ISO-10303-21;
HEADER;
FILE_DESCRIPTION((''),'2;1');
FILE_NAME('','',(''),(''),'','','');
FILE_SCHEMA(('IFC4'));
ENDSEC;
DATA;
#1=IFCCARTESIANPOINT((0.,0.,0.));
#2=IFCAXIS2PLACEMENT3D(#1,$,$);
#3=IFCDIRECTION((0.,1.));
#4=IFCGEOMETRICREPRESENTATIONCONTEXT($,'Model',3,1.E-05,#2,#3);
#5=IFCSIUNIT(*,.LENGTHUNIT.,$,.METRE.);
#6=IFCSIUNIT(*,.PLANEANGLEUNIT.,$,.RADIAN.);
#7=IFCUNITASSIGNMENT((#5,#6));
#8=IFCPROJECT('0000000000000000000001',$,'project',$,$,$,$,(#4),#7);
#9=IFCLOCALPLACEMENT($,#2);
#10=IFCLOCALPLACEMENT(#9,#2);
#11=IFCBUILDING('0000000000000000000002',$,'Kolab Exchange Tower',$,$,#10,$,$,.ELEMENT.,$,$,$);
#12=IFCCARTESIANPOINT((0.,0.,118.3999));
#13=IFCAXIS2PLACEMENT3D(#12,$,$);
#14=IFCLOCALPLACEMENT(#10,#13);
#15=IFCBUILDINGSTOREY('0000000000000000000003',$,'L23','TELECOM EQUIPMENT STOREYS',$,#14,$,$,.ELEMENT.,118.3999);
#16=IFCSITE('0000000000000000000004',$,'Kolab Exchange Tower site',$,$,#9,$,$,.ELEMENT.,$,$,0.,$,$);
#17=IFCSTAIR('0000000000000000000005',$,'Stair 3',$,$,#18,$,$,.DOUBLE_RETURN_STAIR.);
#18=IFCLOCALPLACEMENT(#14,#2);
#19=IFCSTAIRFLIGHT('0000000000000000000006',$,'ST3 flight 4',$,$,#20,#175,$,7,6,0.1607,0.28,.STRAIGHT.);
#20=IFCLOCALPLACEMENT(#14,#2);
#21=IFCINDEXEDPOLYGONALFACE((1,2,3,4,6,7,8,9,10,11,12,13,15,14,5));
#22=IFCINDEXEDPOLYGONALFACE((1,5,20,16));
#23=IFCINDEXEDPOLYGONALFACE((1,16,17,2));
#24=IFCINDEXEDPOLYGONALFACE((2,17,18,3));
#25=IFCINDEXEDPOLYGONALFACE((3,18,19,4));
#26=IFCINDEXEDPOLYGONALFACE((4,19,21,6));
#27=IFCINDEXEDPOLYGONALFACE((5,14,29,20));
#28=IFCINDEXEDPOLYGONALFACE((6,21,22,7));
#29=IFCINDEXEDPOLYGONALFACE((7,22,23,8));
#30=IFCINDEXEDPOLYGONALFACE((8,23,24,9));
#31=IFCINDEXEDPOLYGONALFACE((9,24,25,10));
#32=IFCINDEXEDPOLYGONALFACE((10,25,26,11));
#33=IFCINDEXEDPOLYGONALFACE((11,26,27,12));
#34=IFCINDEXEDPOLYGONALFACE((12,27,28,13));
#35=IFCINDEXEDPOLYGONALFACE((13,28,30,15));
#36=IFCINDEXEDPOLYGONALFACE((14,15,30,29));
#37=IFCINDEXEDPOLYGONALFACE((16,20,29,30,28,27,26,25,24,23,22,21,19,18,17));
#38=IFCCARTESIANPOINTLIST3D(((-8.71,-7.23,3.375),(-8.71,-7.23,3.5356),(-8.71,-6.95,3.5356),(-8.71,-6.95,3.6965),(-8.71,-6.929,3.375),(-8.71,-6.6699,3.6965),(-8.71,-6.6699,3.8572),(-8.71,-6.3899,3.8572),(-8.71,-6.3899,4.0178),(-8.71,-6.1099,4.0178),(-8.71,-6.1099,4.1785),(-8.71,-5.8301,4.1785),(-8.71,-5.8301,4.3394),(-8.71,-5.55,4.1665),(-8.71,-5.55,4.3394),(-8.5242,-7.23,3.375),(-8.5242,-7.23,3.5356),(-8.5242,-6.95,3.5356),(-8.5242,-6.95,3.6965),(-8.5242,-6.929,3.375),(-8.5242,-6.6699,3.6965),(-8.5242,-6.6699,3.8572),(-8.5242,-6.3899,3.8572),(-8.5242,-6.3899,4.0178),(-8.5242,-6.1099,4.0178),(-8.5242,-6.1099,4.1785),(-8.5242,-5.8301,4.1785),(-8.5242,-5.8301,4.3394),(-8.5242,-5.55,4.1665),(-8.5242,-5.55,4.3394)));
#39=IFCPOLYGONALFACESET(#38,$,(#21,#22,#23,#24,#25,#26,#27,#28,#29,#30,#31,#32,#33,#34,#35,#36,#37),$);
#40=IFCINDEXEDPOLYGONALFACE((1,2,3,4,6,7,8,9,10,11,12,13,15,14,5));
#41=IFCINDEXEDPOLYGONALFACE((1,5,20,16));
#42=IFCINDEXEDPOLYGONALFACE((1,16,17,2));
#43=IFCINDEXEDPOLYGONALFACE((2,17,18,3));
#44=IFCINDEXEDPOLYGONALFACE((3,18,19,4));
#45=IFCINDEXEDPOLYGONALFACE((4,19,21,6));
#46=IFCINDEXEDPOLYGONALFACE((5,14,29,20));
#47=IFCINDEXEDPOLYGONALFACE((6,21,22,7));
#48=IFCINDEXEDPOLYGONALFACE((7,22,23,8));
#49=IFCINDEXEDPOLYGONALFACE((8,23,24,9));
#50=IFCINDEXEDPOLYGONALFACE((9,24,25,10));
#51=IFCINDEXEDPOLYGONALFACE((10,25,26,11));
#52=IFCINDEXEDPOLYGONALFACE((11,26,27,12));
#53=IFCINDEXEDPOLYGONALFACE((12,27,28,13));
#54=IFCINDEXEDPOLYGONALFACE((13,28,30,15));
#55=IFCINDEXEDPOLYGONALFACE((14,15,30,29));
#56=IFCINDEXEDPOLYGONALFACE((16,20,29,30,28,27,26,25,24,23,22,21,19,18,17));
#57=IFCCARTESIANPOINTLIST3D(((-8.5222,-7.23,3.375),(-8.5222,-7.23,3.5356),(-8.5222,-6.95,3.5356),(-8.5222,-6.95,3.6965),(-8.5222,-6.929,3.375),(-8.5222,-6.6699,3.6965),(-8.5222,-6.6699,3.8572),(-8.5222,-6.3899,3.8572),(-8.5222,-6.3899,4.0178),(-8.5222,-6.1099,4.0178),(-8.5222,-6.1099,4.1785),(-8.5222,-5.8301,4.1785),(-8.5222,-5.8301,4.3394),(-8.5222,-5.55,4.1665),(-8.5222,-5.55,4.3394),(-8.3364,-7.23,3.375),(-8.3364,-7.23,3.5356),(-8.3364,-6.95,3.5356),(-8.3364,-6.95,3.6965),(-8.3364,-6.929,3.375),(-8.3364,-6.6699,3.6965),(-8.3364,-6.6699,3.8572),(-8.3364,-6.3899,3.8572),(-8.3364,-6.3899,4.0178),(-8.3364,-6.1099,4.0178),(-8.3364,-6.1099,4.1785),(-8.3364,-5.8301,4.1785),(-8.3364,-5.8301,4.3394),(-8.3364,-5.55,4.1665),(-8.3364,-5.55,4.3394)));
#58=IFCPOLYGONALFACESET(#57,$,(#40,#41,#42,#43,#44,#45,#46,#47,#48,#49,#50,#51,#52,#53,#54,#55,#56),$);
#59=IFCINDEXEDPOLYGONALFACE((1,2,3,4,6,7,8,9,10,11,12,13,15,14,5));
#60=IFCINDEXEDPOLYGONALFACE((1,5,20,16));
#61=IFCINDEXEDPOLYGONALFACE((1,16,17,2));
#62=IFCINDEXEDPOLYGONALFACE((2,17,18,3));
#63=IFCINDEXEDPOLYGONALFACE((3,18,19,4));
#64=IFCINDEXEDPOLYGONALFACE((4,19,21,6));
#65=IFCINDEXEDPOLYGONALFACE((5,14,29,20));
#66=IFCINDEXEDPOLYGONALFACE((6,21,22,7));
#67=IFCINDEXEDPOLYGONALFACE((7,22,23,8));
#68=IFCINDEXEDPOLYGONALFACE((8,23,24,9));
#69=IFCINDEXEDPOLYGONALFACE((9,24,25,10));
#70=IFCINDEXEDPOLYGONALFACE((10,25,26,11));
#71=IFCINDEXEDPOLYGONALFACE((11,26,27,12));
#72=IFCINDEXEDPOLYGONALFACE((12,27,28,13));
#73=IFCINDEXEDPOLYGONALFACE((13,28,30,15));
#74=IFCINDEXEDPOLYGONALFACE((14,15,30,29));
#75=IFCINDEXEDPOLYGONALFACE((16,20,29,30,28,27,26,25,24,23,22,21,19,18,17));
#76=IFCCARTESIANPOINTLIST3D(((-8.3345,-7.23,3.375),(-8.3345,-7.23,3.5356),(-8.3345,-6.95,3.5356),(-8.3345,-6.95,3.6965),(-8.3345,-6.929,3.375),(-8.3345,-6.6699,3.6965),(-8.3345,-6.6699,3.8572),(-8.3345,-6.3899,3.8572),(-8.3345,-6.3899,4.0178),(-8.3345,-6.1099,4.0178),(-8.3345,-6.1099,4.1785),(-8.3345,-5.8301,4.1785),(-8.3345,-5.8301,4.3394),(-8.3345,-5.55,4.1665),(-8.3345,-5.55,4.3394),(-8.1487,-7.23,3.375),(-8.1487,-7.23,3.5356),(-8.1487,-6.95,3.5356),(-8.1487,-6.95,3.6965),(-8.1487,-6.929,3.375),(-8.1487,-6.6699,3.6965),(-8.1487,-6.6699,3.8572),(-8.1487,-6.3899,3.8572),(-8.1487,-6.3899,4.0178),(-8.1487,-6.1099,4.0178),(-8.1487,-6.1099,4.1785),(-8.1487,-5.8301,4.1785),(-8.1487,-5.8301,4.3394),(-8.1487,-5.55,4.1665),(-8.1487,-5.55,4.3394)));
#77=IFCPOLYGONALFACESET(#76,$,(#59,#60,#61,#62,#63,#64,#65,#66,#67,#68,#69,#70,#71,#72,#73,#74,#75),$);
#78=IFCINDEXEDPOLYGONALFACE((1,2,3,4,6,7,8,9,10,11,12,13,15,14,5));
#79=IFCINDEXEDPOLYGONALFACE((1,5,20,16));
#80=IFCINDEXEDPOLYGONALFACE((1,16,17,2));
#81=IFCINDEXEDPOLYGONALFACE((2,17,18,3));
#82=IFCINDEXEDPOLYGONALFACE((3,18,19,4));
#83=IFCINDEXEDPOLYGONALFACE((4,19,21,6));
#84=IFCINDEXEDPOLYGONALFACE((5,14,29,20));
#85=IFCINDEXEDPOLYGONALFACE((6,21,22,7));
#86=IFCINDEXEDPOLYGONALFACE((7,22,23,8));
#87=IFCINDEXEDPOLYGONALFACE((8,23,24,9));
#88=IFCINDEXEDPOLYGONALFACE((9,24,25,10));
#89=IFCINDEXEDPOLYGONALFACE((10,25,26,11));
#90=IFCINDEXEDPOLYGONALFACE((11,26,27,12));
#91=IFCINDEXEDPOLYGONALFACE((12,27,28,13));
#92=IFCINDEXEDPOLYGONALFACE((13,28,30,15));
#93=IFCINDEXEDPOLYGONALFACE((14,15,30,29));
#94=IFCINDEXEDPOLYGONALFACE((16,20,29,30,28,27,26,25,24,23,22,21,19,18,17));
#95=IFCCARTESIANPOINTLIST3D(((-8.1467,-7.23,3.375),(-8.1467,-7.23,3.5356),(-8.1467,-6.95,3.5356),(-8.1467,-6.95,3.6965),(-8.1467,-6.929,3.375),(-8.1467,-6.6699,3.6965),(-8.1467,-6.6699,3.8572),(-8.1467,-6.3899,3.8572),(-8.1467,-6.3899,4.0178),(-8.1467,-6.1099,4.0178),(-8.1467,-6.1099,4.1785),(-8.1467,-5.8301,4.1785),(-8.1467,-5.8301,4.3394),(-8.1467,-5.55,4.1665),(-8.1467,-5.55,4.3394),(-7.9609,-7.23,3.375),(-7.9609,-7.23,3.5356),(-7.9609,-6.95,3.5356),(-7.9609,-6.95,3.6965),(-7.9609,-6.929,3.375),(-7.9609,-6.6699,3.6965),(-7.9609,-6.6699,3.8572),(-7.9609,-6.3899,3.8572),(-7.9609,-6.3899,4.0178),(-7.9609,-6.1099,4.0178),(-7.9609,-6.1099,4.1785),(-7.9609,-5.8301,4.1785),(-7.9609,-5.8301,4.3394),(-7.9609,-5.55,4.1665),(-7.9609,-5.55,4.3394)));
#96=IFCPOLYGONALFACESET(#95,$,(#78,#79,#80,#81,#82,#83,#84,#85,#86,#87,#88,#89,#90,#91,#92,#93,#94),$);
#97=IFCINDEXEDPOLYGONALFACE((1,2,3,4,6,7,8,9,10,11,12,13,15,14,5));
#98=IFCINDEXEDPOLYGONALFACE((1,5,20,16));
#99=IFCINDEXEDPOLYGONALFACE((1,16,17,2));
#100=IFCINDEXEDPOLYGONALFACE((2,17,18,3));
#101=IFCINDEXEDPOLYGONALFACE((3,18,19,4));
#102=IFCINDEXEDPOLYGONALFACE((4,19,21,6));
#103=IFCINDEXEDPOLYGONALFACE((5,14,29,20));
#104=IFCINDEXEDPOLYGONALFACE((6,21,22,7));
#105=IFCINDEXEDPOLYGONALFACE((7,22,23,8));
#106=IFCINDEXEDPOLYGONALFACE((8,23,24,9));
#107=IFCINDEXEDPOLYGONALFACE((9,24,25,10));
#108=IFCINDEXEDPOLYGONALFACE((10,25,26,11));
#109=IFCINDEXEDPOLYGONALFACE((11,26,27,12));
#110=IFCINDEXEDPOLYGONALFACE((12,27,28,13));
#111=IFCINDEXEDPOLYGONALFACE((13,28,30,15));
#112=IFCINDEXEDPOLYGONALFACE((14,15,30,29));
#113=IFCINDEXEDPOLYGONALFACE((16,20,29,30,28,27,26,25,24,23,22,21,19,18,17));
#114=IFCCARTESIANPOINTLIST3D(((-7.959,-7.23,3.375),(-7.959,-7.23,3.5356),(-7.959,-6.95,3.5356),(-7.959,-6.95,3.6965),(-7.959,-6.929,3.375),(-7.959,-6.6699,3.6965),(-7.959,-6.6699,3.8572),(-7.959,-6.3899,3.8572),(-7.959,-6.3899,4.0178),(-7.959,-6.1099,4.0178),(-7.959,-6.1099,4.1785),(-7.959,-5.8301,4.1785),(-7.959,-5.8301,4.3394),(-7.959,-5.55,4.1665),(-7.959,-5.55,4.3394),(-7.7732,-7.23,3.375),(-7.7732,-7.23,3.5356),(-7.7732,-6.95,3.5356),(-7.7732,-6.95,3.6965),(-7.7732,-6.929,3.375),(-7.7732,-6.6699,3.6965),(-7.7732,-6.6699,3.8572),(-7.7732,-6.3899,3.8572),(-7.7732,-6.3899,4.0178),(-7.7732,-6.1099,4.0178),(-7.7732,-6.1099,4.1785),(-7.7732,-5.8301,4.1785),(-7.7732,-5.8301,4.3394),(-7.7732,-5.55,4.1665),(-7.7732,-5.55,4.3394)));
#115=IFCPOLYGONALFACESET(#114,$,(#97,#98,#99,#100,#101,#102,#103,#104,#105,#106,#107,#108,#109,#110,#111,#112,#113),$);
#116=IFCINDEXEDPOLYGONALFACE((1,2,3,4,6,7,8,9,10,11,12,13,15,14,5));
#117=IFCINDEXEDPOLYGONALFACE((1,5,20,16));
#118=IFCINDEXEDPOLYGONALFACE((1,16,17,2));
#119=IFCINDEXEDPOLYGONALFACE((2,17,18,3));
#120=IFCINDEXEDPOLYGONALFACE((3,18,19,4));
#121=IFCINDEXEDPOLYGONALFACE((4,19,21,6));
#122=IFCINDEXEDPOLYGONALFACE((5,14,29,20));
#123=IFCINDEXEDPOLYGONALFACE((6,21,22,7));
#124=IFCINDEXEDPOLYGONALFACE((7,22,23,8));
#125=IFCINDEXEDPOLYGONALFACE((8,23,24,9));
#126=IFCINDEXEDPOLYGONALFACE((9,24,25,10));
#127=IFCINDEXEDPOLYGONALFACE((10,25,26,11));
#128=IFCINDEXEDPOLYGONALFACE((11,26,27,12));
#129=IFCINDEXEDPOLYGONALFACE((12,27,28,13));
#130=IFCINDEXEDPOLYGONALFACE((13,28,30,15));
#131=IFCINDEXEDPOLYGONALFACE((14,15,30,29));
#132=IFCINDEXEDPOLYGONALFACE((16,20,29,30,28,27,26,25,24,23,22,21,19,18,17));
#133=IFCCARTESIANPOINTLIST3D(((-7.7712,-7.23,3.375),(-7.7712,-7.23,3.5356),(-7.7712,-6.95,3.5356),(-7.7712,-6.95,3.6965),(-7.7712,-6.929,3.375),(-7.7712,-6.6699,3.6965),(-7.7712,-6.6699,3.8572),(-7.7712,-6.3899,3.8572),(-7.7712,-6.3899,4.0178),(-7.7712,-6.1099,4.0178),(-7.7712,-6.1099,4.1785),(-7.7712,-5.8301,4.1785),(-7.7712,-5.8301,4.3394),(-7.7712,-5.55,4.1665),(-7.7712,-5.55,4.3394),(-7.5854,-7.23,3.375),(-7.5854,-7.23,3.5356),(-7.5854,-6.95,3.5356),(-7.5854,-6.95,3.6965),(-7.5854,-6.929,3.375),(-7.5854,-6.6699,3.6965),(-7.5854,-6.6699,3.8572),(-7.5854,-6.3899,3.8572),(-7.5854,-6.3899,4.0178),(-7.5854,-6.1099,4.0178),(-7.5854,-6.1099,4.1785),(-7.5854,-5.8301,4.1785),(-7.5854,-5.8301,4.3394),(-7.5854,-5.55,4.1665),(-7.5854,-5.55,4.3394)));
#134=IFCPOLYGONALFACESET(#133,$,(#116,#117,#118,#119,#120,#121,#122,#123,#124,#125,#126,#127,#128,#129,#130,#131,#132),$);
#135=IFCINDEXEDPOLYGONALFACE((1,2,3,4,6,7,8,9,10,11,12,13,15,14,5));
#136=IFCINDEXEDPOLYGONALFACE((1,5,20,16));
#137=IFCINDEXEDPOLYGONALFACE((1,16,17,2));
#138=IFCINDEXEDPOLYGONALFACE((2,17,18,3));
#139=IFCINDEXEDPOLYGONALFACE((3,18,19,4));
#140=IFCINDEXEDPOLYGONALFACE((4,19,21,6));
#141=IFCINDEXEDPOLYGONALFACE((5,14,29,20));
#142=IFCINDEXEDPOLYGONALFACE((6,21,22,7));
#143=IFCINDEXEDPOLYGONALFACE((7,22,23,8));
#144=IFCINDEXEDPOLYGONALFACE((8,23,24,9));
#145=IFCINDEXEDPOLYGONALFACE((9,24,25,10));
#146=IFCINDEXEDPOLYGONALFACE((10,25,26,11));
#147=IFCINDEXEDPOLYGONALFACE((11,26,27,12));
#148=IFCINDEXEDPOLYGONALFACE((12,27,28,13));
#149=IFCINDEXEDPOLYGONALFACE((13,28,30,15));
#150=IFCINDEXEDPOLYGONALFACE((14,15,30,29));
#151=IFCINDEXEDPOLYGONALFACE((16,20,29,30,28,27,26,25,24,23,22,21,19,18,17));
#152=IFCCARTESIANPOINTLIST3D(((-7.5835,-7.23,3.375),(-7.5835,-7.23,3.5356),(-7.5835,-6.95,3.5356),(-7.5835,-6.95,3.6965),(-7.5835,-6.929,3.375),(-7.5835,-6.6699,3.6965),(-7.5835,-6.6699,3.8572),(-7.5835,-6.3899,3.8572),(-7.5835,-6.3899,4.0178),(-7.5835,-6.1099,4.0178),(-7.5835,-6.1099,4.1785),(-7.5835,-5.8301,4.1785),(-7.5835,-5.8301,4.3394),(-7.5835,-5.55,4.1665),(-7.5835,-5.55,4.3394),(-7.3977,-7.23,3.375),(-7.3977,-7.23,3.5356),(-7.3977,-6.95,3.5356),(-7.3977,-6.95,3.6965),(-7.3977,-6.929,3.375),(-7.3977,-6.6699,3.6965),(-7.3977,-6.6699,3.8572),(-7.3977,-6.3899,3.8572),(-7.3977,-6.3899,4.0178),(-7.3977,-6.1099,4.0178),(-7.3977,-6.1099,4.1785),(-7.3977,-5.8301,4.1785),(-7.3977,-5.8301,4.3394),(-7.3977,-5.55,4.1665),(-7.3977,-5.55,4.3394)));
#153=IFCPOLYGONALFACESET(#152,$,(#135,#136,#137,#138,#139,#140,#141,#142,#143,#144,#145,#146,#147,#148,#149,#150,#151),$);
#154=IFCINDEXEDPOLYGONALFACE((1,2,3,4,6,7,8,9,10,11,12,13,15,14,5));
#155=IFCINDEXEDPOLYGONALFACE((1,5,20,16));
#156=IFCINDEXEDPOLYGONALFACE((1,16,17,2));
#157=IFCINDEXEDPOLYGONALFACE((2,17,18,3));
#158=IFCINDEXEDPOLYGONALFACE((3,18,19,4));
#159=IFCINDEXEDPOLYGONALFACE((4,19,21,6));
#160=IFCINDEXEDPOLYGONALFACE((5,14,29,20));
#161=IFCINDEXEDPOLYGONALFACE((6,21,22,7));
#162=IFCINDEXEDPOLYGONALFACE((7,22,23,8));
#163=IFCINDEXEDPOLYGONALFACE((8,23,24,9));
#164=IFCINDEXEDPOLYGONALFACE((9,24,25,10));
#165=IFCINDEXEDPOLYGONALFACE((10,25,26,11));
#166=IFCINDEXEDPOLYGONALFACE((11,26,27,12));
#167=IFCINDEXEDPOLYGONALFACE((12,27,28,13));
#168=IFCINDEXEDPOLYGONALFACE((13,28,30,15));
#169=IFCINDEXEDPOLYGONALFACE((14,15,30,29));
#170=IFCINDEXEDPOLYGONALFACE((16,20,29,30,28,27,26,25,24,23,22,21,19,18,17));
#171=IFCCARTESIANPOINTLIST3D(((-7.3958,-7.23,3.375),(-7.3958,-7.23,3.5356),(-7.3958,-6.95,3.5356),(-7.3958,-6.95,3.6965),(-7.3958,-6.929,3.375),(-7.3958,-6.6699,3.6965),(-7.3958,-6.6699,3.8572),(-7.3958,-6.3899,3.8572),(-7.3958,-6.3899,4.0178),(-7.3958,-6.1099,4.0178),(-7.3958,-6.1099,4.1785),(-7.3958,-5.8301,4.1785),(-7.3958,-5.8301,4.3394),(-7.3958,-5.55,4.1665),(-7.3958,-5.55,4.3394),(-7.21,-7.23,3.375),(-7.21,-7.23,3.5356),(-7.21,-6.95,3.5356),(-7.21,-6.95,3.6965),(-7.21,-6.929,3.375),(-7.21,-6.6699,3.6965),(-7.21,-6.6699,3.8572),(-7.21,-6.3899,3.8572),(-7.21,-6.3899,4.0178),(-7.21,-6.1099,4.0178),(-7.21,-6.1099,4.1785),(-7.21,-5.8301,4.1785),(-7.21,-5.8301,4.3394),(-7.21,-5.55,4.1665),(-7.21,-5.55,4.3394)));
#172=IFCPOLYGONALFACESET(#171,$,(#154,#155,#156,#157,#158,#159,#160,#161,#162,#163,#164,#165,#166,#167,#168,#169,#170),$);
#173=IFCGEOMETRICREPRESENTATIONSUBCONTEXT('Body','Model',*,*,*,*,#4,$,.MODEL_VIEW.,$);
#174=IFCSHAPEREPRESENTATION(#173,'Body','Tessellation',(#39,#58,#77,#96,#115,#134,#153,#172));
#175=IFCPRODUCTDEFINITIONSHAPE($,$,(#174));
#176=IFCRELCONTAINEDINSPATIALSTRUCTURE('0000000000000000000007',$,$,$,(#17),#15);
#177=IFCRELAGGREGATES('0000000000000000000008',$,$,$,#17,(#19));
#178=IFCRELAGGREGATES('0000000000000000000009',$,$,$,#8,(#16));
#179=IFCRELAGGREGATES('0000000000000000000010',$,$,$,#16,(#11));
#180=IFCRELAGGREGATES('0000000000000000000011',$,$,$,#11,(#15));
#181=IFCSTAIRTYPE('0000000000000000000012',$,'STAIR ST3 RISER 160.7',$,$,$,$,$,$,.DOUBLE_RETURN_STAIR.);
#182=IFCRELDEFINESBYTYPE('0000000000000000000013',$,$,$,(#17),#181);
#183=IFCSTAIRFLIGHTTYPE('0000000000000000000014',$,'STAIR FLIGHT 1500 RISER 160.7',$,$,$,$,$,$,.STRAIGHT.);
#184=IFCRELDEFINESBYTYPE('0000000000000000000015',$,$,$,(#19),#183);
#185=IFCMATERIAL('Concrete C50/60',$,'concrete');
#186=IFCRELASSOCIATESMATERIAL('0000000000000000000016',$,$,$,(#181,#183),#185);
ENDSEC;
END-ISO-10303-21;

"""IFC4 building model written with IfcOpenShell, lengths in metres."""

from ifc_helpers import new_model, si_unit, direction, frame, origin, place, context, subcontext, project, spatial, polyline, outline, extrude, material, type_object, element, aggregate, save


model = new_model("IFC4")

# Units and contexts
model_context = context("Model", 3, precision=1e-05, world=origin(), true_north=direction((0.0, 1.0)))
body_context = subcontext(model_context, "Body", "Model", "MODEL_VIEW")
ifc_project = project(units=[si_unit("LENGTHUNIT", "METRE"), si_unit("PLANEANGLEUNIT", "RADIAN")], contexts=[model_context])

# Site, building, storey
site_placement = place(None, origin())
site = spatial("IfcSite", under=ifc_project, at=site_placement, Name="Kolab Exchange Tower site", CompositionType="ELEMENT", RefElevation=0.0)
building_placement = place(site_placement, origin())
building = spatial("IfcBuilding", under=site, at=building_placement, Name="Kolab Exchange Tower", CompositionType="ELEMENT")
storey_placement = place(building_placement, frame((0.0, 0.0, 118.3999)))
storey = spatial("IfcBuildingStorey", under=building, at=storey_placement, Name="L23", Description="TELECOM EQUIPMENT STOREYS", CompositionType="ELEMENT", Elevation=118.3999)

# Shared definitions
ifc_material_1 = material(Name="Concrete C50/60", Category="concrete")

# Stair, stair flight
stair_type = type_object("IfcStairType", Name="STAIR ST3 RISER 160.7", PredefinedType="DOUBLE_RETURN_STAIR", material=ifc_material_1)
stair_placement = place(storey_placement, origin())
stair = element("IfcStair", 1, at=stair_placement, inside=storey, type_object=stair_type, Name="Stair 3", PredefinedType="DOUBLE_RETURN_STAIR")
stair_flight_type = type_object("IfcStairFlightType", Name="STAIR FLIGHT 1500 RISER 160.7", PredefinedType="STRAIGHT", material=ifc_material_1)
stair_flight_1_placement = place(storey_placement, frame((-7.96, -7.23, 3.375), z_axis=(0.0, 0.0, 1.0), x_axis=(0.0, 1.0, 0.0)))
stair_flight_1 = element("IfcStairFlight", 2, at=stair_flight_1_placement, type_object=stair_flight_type, Name="ST3 flight 4", NumberOfRisers=7, NumberOfTreads=6, PredefinedType="STRAIGHT", RiserHeight=0.1607, TreadLength=0.28, context=body_context, shape_type="SweptSolid", body=[
    extrude(outline(polyline([(0.0, 0.0), (0.0, 0.1606), (0.28, 0.1606), (0.28, 0.3215), (0.5601, 0.3215), (0.5601, 0.4822), (0.8401, 0.4822), (0.8401, 0.6428), (1.1201, 0.6428), (1.1201, 0.8035), (1.3999, 0.8035), (1.3999, 0.9644), (1.6799, 0.9644), (1.6799, 1.125), (1.6799, 0.7915), (0.301, 0.0), (0.0, 0.0)])), frame((0.0, 0.75, 0.0), z_axis=(0.0, -1.0, 0.0), x_axis=(1.0, 0.0, 0.0)), (0.0, 0.0, 1.0), 0.1858),
    extrude(outline(polyline([(0.0, 0.0), (0.0, 0.1606), (0.28, 0.1606), (0.28, 0.3215), (0.5601, 0.3215), (0.5601, 0.4822), (0.8401, 0.4822), (0.8401, 0.6428), (1.1201, 0.6428), (1.1201, 0.8035), (1.3999, 0.8035), (1.3999, 0.9644), (1.6799, 0.9644), (1.6799, 1.125), (1.6799, 0.7915), (0.301, 0.0), (0.0, 0.0)])), frame((0.0, 0.5623, 0.0), z_axis=(0.0, -1.0, 0.0), x_axis=(1.0, 0.0, 0.0)), (0.0, 0.0, 1.0), 0.1858),
    extrude(outline(polyline([(0.0, 0.0), (0.0, 0.1606), (0.28, 0.1606), (0.28, 0.3215), (0.5601, 0.3215), (0.5601, 0.4822), (0.8401, 0.4822), (0.8401, 0.6428), (1.1201, 0.6428), (1.1201, 0.8035), (1.3999, 0.8035), (1.3999, 0.9644), (1.6799, 0.9644), (1.6799, 1.125), (1.6799, 0.7915), (0.301, 0.0), (0.0, 0.0)])), frame((0.0, 0.3745, 0.0), z_axis=(0.0, -1.0, 0.0), x_axis=(1.0, 0.0, 0.0)), (0.0, 0.0, 1.0), 0.1858),
    extrude(outline(polyline([(0.0, 0.0), (0.0, 0.1606), (0.28, 0.1606), (0.28, 0.3215), (0.5601, 0.3215), (0.5601, 0.4822), (0.8401, 0.4822), (0.8401, 0.6428), (1.1201, 0.6428), (1.1201, 0.8035), (1.3999, 0.8035), (1.3999, 0.9644), (1.6799, 0.9644), (1.6799, 1.125), (1.6799, 0.7915), (0.301, 0.0), (0.0, 0.0)])), frame((0.0, 0.1868, 0.0), z_axis=(0.0, -1.0, 0.0), x_axis=(1.0, 0.0, 0.0)), (0.0, 0.0, 1.0), 0.1858),
    extrude(outline(polyline([(0.0, 0.0), (0.0, 0.1606), (0.28, 0.1606), (0.28, 0.3215), (0.5601, 0.3215), (0.5601, 0.4822), (0.8401, 0.4822), (0.8401, 0.6428), (1.1201, 0.6428), (1.1201, 0.8035), (1.3999, 0.8035), (1.3999, 0.9644), (1.6799, 0.9644), (1.6799, 1.125), (1.6799, 0.7915), (0.301, 0.0), (0.0, 0.0)])), frame((0.0, -0.001, 0.0), z_axis=(0.0, -1.0, 0.0), x_axis=(1.0, 0.0, 0.0)), (0.0, 0.0, 1.0), 0.1858),
    extrude(outline(polyline([(0.0, 0.0), (0.0, 0.1606), (0.28, 0.1606), (0.28, 0.3215), (0.5601, 0.3215), (0.5601, 0.4822), (0.8401, 0.4822), (0.8401, 0.6428), (1.1201, 0.6428), (1.1201, 0.8035), (1.3999, 0.8035), (1.3999, 0.9644), (1.6799, 0.9644), (1.6799, 1.125), (1.6799, 0.7915), (0.301, 0.0), (0.0, 0.0)])), frame((0.0, -0.1887, 0.0), z_axis=(0.0, -1.0, 0.0), x_axis=(1.0, 0.0, 0.0)), (0.0, 0.0, 1.0), 0.1858),
    extrude(outline(polyline([(0.0, 0.0), (0.0, 0.1606), (0.28, 0.1606), (0.28, 0.3215), (0.5601, 0.3215), (0.5601, 0.4822), (0.8401, 0.4822), (0.8401, 0.6428), (1.1201, 0.6428), (1.1201, 0.8035), (1.3999, 0.8035), (1.3999, 0.9644), (1.6799, 0.9644), (1.6799, 1.125), (1.6799, 0.7915), (0.301, 0.0), (0.0, 0.0)])), frame((0.0, -0.3765, 0.0), z_axis=(0.0, -1.0, 0.0), x_axis=(1.0, 0.0, 0.0)), (0.0, 0.0, 1.0), 0.1858),
    extrude(outline(polyline([(0.0, 0.0), (0.0, 0.1606), (0.28, 0.1606), (0.28, 0.3215), (0.5601, 0.3215), (0.5601, 0.4822), (0.8401, 0.4822), (0.8401, 0.6428), (1.1201, 0.6428), (1.1201, 0.8035), (1.3999, 0.8035), (1.3999, 0.9644), (1.6799, 0.9644), (1.6799, 1.125), (1.6799, 0.7915), (0.301, 0.0), (0.0, 0.0)])), frame((0.0, -0.5642, 0.0), z_axis=(0.0, -1.0, 0.0), x_axis=(1.0, 0.0, 0.0)), (0.0, 0.0, 1.0), 0.1858),
])
aggregate(stair, [stair_flight_1])

save(model, "model.ifc")
